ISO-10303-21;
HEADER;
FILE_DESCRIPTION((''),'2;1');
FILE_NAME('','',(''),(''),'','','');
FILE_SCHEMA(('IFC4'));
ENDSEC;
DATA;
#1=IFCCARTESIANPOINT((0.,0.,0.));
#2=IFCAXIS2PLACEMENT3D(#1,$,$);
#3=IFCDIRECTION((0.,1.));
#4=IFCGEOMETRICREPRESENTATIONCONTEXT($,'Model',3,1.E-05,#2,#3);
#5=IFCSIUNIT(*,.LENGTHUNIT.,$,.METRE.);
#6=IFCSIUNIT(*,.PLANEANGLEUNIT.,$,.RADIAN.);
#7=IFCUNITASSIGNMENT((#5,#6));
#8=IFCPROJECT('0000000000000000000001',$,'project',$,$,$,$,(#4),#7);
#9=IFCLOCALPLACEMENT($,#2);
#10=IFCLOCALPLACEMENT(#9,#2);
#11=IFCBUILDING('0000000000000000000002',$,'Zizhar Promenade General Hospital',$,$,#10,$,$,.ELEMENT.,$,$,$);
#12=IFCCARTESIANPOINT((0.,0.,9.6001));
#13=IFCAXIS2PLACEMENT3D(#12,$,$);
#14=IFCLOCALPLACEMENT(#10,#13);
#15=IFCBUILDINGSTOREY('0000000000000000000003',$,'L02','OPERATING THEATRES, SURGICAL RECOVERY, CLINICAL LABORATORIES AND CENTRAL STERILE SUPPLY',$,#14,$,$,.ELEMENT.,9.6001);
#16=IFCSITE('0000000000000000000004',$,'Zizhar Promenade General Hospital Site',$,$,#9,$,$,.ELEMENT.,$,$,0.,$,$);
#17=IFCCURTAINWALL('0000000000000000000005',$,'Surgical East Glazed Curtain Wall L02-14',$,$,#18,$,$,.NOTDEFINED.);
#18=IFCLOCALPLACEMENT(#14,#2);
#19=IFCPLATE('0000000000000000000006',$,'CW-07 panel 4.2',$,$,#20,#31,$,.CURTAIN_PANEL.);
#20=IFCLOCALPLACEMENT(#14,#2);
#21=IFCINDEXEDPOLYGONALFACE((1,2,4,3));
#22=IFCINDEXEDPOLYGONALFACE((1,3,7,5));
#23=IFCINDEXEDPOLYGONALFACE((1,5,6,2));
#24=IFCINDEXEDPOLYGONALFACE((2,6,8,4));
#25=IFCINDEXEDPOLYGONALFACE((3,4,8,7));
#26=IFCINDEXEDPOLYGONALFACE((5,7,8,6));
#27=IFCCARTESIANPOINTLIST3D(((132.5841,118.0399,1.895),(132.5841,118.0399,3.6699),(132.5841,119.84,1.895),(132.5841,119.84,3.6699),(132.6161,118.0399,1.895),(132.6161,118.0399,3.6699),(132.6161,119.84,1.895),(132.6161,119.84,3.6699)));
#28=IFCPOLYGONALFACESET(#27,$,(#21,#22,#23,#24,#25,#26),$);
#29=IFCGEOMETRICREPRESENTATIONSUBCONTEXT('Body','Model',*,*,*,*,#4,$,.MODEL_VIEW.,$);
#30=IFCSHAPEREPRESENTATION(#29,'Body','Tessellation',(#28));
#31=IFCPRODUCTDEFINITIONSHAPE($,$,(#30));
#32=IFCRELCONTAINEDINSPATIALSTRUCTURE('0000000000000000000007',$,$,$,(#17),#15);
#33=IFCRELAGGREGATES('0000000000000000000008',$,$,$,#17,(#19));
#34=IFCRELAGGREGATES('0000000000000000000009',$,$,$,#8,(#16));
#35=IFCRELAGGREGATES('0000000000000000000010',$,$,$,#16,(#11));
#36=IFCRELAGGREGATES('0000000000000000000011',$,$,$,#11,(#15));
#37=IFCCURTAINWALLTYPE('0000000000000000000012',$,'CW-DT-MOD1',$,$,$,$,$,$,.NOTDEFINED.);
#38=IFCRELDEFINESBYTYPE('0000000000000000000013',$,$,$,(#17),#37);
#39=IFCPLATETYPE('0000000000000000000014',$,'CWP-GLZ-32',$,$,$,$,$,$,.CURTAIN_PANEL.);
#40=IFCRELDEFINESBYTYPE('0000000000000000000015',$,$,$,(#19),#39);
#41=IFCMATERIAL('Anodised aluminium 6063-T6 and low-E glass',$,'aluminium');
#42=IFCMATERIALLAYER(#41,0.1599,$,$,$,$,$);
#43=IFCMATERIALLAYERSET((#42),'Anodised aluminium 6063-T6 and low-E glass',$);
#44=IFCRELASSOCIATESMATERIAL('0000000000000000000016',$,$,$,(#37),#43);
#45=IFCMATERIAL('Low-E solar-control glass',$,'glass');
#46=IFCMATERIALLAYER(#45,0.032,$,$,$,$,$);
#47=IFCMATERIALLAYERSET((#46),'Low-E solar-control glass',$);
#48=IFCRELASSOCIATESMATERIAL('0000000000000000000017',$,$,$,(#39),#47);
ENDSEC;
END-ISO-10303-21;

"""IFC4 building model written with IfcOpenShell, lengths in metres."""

from ifc_helpers import new_model, si_unit, direction, frame, origin, origin_2d, place, context, subcontext, project, spatial, rectangle, extrude, material, layer, layer_set, type_object, element, aggregate, save


model = new_model("IFC4")

# Units and contexts
model_context = context("Model", 3, precision=1e-05, world=origin(), true_north=direction((0.0, 1.0)))
body_context = subcontext(model_context, "Body", "Model", "MODEL_VIEW")
ifc_project = project(units=[si_unit("LENGTHUNIT", "METRE"), si_unit("PLANEANGLEUNIT", "RADIAN")], contexts=[model_context])

# Site, building, storey
site_placement = place(None, origin())
site = spatial("IfcSite", under=ifc_project, at=site_placement, Name="Zizhar Promenade General Hospital Site", CompositionType="ELEMENT", RefElevation=0.0)
building_placement = place(site_placement, origin())
building = spatial("IfcBuilding", under=site, at=building_placement, Name="Zizhar Promenade General Hospital", CompositionType="ELEMENT")
storey_placement = place(building_placement, frame((0.0, 0.0, 9.6001)))
storey = spatial("IfcBuildingStorey", under=building, at=storey_placement, Name="L02", Description="OPERATING THEATRES, SURGICAL RECOVERY, CLINICAL LABORATORIES AND CENTRAL STERILE SUPPLY", CompositionType="ELEMENT", Elevation=9.6001)

# Shared definitions
ifc_material_1 = material(Name="Anodised aluminium 6063-T6 and low-E glass", Category="aluminium")
ifc_layer_1 = layer(ifc_material_1, 0.1599)
ifc_layer_set_1 = layer_set([ifc_layer_1], Name="Anodised aluminium 6063-T6 and low-E glass")
curtain_wall_type = type_object("IfcCurtainWallType", Name="CW-DT-MOD1", PredefinedType="NOTDEFINED", material=ifc_layer_set_1)

# Curtain wall
curtain_wall_1_placement = place(storey_placement, origin())
curtain_wall_1 = element("IfcCurtainWall", 1, at=curtain_wall_1_placement, inside=storey, type_object=curtain_wall_type, Name="Surgical East Glazed Curtain Wall L02-14", PredefinedType="NOTDEFINED")

# Plate
ifc_material_2 = material(Name="Low-E solar-control glass", Category="glass")
ifc_layer_2 = layer(ifc_material_2, 0.032)
ifc_layer_set_2 = layer_set([ifc_layer_2], Name="Low-E solar-control glass")
plate_type = type_object("IfcPlateType", Name="CWP-GLZ-32", PredefinedType="CURTAIN_PANEL", material=ifc_layer_set_2)
plate_1_placement = place(storey_placement, frame((132.6001, 118.9399, 1.895), z_axis=(0.0, 0.0, 1.0), x_axis=(0.0, -1.0, 0.0)))
plate_1 = element("IfcPlate", 2, at=plate_1_placement, type_object=plate_type, Name="CW-07 panel 4.2", PredefinedType="CURTAIN_PANEL", context=body_context, shape_type="SweptSolid", body=[
    extrude(rectangle(XDim=1.8, YDim=0.032, at=origin_2d()), origin(), (0.0, 0.0, 1.0), 1.7749),
])
aggregate(curtain_wall_1, [plate_1])

save(model, "model.ifc")
